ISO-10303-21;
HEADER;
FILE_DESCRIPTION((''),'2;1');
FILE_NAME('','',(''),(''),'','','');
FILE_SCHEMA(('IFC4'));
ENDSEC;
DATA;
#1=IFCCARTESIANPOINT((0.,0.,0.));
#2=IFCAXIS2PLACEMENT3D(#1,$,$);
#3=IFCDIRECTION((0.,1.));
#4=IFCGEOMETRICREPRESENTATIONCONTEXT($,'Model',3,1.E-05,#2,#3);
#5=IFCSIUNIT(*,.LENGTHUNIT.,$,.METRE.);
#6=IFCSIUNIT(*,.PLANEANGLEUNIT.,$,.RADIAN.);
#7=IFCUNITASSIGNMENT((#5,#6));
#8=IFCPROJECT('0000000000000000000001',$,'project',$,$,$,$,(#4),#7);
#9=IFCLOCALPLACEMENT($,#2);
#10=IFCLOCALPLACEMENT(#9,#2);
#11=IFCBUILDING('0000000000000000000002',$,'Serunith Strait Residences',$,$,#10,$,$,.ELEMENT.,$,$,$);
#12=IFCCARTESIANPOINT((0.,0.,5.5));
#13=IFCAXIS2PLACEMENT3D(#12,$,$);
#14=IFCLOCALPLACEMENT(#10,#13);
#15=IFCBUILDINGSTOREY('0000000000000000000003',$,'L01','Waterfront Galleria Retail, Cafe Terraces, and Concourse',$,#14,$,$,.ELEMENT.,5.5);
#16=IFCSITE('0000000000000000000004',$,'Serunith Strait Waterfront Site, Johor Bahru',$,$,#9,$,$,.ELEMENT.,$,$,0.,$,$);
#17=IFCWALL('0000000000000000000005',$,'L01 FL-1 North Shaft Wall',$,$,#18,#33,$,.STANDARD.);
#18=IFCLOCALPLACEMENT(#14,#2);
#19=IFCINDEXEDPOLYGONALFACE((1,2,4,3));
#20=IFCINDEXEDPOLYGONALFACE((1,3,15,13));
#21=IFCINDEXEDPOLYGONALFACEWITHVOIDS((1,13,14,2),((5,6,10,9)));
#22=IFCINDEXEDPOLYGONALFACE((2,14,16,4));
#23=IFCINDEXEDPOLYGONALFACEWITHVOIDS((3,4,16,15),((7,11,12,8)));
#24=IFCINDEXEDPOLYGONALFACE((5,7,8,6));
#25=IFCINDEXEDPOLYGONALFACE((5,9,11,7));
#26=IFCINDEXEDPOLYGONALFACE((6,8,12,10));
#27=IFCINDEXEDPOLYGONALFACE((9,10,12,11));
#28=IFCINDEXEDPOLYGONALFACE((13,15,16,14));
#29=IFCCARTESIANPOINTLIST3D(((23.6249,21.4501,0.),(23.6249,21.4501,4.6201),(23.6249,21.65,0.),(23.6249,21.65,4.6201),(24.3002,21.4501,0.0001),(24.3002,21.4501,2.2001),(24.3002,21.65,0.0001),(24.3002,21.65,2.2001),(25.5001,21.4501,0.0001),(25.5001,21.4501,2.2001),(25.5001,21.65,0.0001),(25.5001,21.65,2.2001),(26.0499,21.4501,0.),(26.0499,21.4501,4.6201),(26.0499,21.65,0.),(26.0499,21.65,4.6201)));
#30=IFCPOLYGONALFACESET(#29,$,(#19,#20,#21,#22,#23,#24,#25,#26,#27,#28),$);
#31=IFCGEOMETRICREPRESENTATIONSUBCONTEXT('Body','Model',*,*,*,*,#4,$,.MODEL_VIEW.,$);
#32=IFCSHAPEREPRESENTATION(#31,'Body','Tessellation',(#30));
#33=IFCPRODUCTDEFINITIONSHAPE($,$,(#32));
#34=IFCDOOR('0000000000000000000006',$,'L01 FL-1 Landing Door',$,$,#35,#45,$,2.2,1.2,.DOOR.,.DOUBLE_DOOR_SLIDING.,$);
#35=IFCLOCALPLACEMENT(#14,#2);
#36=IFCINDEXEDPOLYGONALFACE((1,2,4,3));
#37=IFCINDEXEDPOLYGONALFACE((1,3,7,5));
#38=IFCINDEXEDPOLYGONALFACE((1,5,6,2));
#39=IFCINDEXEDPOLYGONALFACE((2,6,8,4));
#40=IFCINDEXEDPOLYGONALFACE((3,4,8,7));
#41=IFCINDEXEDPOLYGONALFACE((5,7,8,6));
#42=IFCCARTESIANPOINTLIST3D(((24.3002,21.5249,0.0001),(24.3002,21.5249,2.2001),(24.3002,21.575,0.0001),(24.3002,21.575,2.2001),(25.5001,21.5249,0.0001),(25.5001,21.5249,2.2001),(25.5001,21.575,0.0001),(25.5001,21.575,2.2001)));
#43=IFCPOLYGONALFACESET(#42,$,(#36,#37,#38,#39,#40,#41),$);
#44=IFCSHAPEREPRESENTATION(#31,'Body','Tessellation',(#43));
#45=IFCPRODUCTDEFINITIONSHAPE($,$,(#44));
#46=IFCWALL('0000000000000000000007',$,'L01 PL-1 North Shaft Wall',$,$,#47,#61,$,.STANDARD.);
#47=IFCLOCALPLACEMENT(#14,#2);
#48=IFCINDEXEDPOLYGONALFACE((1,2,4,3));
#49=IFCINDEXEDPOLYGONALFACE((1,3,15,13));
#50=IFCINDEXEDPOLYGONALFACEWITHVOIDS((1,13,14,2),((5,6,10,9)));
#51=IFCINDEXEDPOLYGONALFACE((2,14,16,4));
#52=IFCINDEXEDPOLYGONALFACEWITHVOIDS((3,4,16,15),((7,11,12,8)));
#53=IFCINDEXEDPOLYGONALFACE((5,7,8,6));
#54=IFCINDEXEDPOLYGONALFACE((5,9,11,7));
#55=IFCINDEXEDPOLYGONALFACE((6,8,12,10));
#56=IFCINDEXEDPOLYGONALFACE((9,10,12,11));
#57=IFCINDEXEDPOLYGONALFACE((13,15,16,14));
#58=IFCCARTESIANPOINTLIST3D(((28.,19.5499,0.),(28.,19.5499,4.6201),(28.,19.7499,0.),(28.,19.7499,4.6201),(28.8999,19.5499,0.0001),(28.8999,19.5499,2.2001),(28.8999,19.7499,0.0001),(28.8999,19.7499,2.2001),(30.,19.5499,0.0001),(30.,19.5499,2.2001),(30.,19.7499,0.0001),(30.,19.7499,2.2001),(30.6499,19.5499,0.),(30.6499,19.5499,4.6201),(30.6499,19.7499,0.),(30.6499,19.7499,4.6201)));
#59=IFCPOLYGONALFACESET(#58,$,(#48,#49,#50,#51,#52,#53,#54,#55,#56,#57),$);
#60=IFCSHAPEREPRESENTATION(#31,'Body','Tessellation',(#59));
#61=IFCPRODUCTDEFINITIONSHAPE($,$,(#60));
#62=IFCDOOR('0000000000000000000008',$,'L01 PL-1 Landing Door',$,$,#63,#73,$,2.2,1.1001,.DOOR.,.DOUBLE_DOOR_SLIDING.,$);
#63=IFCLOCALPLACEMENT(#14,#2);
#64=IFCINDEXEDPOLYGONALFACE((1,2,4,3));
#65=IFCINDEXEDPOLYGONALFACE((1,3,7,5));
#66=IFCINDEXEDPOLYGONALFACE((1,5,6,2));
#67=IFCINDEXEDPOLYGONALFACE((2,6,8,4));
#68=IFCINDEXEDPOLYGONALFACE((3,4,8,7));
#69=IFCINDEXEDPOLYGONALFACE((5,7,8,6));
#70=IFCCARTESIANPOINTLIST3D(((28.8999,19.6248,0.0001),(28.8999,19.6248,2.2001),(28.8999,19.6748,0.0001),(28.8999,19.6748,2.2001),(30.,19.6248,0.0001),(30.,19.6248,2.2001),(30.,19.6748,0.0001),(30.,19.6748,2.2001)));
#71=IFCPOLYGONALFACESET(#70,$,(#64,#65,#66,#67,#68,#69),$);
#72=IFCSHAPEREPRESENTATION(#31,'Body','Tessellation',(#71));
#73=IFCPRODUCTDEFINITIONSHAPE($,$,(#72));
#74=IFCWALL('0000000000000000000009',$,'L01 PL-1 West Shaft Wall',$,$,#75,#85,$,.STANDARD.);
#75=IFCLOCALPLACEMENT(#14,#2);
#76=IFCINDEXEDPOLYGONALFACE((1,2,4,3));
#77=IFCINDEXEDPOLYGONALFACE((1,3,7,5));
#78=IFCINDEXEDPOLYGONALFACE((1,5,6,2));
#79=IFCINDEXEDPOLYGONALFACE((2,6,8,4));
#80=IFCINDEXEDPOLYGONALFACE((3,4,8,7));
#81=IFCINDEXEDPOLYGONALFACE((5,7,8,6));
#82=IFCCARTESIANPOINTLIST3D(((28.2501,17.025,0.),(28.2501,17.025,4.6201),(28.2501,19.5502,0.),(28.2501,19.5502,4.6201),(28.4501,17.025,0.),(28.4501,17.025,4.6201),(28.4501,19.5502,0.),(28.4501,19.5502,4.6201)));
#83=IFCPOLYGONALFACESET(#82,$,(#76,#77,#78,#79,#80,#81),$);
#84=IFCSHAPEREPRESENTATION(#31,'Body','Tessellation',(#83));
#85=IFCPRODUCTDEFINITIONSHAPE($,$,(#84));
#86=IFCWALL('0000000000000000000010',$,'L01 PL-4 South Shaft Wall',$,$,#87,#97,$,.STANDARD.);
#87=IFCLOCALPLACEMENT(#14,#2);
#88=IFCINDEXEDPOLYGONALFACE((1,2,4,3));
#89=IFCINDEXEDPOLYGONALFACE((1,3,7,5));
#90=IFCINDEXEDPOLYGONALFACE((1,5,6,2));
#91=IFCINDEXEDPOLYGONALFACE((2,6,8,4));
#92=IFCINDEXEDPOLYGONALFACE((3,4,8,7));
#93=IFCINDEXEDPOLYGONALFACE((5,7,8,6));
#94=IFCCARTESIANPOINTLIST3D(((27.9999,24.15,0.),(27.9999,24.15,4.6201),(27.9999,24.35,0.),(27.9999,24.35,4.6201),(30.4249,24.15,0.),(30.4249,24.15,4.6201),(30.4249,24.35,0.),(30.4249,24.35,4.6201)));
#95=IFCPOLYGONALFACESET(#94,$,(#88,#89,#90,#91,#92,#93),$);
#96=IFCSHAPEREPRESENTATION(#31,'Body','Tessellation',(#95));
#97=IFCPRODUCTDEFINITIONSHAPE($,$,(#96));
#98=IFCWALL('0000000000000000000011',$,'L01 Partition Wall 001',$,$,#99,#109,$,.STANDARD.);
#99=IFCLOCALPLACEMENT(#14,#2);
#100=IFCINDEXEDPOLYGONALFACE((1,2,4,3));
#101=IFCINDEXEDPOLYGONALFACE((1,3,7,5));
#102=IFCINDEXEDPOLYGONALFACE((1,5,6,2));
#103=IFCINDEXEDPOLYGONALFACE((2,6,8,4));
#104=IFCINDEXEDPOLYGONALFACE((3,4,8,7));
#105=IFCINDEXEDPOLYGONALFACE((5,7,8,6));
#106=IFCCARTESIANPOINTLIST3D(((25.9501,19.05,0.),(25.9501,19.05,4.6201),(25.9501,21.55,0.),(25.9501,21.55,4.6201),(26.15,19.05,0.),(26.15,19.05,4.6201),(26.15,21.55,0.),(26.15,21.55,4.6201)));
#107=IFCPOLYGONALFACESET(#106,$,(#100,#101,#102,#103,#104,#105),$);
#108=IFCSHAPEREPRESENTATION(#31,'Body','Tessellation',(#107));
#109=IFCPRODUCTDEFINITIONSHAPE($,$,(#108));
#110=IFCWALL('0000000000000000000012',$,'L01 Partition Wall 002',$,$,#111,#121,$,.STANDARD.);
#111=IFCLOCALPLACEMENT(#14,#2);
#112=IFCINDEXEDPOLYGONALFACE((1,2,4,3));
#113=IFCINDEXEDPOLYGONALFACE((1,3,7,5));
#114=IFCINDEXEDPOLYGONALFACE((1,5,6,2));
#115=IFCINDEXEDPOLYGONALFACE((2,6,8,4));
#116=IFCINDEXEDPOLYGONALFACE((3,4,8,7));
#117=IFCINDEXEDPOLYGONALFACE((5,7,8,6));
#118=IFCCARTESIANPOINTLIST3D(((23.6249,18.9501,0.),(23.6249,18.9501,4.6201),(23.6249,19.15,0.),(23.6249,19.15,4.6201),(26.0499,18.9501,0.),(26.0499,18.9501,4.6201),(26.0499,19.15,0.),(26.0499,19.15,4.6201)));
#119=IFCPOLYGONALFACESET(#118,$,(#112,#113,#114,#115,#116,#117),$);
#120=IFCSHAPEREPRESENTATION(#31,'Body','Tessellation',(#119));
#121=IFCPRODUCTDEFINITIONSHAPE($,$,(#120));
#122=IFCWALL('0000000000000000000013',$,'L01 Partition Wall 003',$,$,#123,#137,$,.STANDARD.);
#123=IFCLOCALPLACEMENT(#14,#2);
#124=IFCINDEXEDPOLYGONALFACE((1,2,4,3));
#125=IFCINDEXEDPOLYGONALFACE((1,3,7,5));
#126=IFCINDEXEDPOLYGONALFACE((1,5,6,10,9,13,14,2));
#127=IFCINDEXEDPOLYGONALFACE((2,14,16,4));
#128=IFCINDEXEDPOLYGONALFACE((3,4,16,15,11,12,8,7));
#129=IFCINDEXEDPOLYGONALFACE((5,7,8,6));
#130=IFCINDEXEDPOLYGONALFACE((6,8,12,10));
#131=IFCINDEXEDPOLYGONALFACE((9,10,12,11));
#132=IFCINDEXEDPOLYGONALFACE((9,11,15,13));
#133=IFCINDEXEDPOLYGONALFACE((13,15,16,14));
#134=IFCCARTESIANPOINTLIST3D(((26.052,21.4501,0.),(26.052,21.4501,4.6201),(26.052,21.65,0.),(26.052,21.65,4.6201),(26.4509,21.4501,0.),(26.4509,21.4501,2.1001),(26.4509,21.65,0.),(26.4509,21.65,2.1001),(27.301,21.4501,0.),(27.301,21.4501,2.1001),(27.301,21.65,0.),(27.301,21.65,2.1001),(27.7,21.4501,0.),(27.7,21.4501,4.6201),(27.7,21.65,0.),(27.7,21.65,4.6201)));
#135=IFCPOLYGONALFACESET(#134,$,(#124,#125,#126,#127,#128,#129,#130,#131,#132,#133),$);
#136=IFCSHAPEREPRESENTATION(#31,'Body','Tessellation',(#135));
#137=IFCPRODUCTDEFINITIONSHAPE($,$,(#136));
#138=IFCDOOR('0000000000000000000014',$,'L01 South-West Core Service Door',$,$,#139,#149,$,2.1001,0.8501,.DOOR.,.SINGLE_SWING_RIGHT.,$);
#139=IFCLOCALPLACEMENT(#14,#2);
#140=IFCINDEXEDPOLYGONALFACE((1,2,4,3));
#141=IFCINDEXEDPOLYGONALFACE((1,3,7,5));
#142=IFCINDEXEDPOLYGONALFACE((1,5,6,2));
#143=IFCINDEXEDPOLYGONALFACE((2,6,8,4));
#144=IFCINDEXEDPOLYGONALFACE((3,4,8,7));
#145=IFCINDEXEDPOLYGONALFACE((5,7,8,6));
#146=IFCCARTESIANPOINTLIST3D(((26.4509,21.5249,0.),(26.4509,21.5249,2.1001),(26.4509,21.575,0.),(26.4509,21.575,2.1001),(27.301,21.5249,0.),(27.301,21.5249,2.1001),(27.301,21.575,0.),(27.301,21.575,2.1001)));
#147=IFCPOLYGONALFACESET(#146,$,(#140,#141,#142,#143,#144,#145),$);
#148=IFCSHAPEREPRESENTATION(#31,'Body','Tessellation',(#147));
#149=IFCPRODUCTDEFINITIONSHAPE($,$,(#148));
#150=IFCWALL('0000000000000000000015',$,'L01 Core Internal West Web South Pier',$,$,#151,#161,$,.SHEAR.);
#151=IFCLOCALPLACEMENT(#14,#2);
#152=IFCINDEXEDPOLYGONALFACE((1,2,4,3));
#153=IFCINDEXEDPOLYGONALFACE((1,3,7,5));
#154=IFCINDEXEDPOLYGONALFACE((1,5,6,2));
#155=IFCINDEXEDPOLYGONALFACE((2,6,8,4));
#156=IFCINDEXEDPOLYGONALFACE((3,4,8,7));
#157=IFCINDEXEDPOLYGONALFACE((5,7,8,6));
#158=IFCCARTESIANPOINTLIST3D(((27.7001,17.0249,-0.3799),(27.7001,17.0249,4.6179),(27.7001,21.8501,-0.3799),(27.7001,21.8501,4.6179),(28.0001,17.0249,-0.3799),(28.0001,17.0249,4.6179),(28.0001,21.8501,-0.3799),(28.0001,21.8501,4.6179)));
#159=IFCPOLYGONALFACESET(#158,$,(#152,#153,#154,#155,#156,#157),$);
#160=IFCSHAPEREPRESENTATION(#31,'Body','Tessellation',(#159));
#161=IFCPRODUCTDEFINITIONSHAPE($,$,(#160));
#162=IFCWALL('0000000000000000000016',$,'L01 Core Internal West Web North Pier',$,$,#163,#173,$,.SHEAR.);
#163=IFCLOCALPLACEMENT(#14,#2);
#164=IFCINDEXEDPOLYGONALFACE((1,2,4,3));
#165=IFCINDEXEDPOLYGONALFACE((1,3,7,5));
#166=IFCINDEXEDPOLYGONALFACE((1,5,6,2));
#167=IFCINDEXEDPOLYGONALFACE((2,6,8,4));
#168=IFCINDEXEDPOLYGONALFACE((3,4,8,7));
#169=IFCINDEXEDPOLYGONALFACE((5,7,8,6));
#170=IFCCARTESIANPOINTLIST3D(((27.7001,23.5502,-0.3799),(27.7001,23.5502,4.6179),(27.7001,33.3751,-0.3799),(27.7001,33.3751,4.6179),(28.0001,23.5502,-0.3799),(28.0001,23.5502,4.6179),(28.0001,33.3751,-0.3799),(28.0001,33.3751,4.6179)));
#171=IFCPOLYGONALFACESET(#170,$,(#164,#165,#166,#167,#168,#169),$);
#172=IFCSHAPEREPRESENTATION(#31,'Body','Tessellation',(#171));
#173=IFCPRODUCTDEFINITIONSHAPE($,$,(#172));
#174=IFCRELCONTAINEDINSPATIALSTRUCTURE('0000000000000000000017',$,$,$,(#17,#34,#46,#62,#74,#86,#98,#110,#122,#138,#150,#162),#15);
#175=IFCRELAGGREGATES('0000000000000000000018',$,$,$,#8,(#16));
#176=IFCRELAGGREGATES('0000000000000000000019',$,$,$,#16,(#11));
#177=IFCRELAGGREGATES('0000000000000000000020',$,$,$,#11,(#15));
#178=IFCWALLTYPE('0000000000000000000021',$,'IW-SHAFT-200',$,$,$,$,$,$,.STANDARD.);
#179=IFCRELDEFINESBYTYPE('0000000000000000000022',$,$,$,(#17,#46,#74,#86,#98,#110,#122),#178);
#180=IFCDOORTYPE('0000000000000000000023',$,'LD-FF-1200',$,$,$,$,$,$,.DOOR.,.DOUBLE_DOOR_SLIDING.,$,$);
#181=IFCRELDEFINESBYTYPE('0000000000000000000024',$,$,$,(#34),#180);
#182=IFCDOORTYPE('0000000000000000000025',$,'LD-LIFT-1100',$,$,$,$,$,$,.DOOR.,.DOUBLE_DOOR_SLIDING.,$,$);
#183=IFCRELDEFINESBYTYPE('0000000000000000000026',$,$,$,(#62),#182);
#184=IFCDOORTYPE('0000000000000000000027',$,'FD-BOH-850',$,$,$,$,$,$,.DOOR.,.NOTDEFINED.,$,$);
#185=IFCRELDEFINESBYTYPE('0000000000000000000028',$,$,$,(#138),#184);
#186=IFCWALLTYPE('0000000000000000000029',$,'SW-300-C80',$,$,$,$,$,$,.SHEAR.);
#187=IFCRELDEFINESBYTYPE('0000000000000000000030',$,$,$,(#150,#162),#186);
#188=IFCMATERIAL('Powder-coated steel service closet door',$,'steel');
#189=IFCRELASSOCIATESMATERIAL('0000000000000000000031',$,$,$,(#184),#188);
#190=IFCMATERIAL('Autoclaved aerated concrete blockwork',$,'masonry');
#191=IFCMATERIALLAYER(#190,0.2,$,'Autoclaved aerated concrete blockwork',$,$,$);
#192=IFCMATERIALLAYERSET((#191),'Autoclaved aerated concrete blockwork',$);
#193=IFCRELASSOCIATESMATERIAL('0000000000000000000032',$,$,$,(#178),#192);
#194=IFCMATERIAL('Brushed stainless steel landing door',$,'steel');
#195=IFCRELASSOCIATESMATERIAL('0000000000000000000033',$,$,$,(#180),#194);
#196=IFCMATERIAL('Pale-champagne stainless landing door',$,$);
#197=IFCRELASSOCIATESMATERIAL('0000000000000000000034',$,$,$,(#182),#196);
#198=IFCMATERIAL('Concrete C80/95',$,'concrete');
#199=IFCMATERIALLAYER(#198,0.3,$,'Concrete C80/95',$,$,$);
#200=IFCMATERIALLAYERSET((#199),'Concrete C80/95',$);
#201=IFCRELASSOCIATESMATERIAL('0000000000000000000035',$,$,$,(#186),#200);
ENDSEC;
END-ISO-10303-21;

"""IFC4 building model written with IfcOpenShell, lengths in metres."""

from ifc_helpers import new_model, si_unit, direction, frame, frame_2d, origin, place, context, subcontext, project, spatial, rectangle, extrude, source, transform, mapped, material, layer, layer_set, type_object, element, fill, save


model = new_model("IFC4")

# Units and contexts
model_context = context("Model", 3, precision=1e-05, world=origin(), true_north=direction((0.0, 1.0)))
body_context = subcontext(model_context, "Body", "Model", "MODEL_VIEW")
ifc_project = project(units=[si_unit("LENGTHUNIT", "METRE"), si_unit("PLANEANGLEUNIT", "RADIAN")], contexts=[model_context])

# Site, building, storey
site_placement = place(None, origin())
site = spatial("IfcSite", under=ifc_project, at=site_placement, Name="Serunith Strait Waterfront Site, Johor Bahru", CompositionType="ELEMENT", RefElevation=0.0)
building_placement = place(site_placement, origin())
building = spatial("IfcBuilding", under=site, at=building_placement, Name="Serunith Strait Residences", CompositionType="ELEMENT")
storey_placement = place(building_placement, frame((0.0, 0.0, 5.5)))
storey = spatial("IfcBuildingStorey", under=building, at=storey_placement, Name="L01", Description="Waterfront Galleria Retail, Cafe Terraces, and Concourse", CompositionType="ELEMENT", Elevation=5.5)

# Walls, openings, doors
ifc_material_1 = material(Name="Powder-coated steel service closet door", Category="steel")
door_type_1 = type_object("IfcDoorType", Name="FD-BOH-850", OperationType="NOTDEFINED", PredefinedType="DOOR", material=ifc_material_1)
shared_shape_1 = source(origin(), body_context, "Body", "SweptSolid", [
    extrude(rectangle(XDim=0.8501, YDim=2.1001, at=frame_2d((0.425, 1.05))), frame((0.0, 0.0249, 0.0), z_axis=(0.0, -1.0, 0.0), x_axis=(1.0, 0.0, 0.0)), (0.0, 0.0, 1.0), 0.05),
])
ifc_material_2 = material(Name="Autoclaved aerated concrete blockwork", Category="masonry")
ifc_layer_1 = layer(ifc_material_2, 0.2, Name="Autoclaved aerated concrete blockwork")
ifc_layer_set_1 = layer_set([ifc_layer_1], Name="Autoclaved aerated concrete blockwork")
wall_type_1 = type_object("IfcWallType", Name="IW-SHAFT-200", PredefinedType="STANDARD", material=ifc_layer_set_1)
wall_1_placement = place(storey_placement, frame((23.625, 21.55, 0.0), z_axis=(0.0, 0.0, 1.0), x_axis=(1.0, 0.0, 0.0)))
wall_1 = element("IfcWall", 1, at=wall_1_placement, inside=storey, type_object=wall_type_1, Name="L01 FL-1 North Shaft Wall", PredefinedType="STANDARD", context=body_context, shape_type="SweptSolid", body=[
    extrude(rectangle(XDim=2.425, YDim=0.2, at=frame_2d((1.2124, 0.0))), origin(), (0.0, 0.0, 1.0), 4.6201),
])
opening_1_placement = place(wall_1_placement, frame((0.675, 0.0, 0.0)))
opening_1 = element("IfcOpeningElement", 2, at=opening_1_placement, cuts=wall_1, PredefinedType="OPENING", context=body_context, shape_type="SweptSolid", body=[
    extrude(rectangle(XDim=1.2, YDim=2.2, at=frame_2d((0.6001, 1.1001))), frame((0.0, 0.1099, 0.0), z_axis=(0.0, -1.0, 0.0), x_axis=(1.0, 0.0, 0.0)), (0.0, 0.0, 1.0), 0.22),
])
ifc_material_3 = material(Name="Brushed stainless steel landing door", Category="steel")
door_type_2 = type_object("IfcDoorType", Name="LD-FF-1200", OperationType="DOUBLE_DOOR_SLIDING", PredefinedType="DOOR", material=ifc_material_3)
shared_shape_2 = source(origin(), body_context, "Body", "SweptSolid", [
    extrude(rectangle(XDim=1.2, YDim=2.2, at=frame_2d((0.6001, 1.1001))), frame((0.0, 0.0249, 0.0), z_axis=(0.0, -1.0, 0.0), x_axis=(1.0, 0.0, 0.0)), (0.0, 0.0, 1.0), 0.05),
])
door_1_placement = place(opening_1_placement, origin())
door_1 = element("IfcDoor", 3, at=door_1_placement, inside=storey, type_object=door_type_2, Name="L01 FL-1 Landing Door", OperationType="DOUBLE_DOOR_SLIDING", OverallHeight=2.2, OverallWidth=1.2, PredefinedType="DOOR", context=body_context, shape_type="MappedRepresentation", body=[
    mapped(shared_shape_2, transform((0.0, 0.0, 0.0), scale=1.0)),
])
fill(opening_1, door_1)
wall_2_placement = place(storey_placement, frame((28.0, 19.6499, 0.0), z_axis=(0.0, 0.0, 1.0), x_axis=(1.0, 0.0, 0.0)))
wall_2 = element("IfcWall", 4, at=wall_2_placement, inside=storey, type_object=wall_type_1, Name="L01 PL-1 North Shaft Wall", PredefinedType="STANDARD", context=body_context, shape_type="SweptSolid", body=[
    extrude(rectangle(XDim=2.6499, YDim=0.2, at=frame_2d((1.325, 0.0))), origin(), (0.0, 0.0, 1.0), 4.6201),
])
opening_2_placement = place(wall_2_placement, frame((0.8999, 0.0, 0.0)))
opening_2 = element("IfcOpeningElement", 5, at=opening_2_placement, cuts=wall_2, PredefinedType="OPENING", context=body_context, shape_type="SweptSolid", body=[
    extrude(rectangle(XDim=1.1001, YDim=2.2, at=frame_2d((0.55, 1.1001))), frame((0.0, 0.1099, 0.0), z_axis=(0.0, -1.0, 0.0), x_axis=(1.0, 0.0, 0.0)), (0.0, 0.0, 1.0), 0.22),
])
ifc_material_4 = material(Name="Pale-champagne stainless landing door")
door_type_3 = type_object("IfcDoorType", Name="LD-LIFT-1100", OperationType="DOUBLE_DOOR_SLIDING", PredefinedType="DOOR", material=ifc_material_4)
shared_shape_3 = source(origin(), body_context, "Body", "SweptSolid", [
    extrude(rectangle(XDim=1.1001, YDim=2.2, at=frame_2d((0.55, 1.1001))), frame((0.0, 0.0249, 0.0), z_axis=(0.0, -1.0, 0.0), x_axis=(1.0, 0.0, 0.0)), (0.0, 0.0, 1.0), 0.05),
])
door_2_placement = place(opening_2_placement, origin())
door_2 = element("IfcDoor", 6, at=door_2_placement, inside=storey, type_object=door_type_3, Name="L01 PL-1 Landing Door", OperationType="DOUBLE_DOOR_SLIDING", OverallHeight=2.2, OverallWidth=1.1001, PredefinedType="DOOR", context=body_context, shape_type="MappedRepresentation", body=[
    mapped(shared_shape_3, transform((0.0, 0.0, 0.0), scale=1.0)),
])
fill(opening_2, door_2)

# Walls
wall_3_placement = place(storey_placement, frame((28.3501, 17.0249, 0.0), z_axis=(0.0, 0.0, 1.0), x_axis=(0.0, 1.0, 0.0)))
element("IfcWall", 7, at=wall_3_placement, inside=storey, type_object=wall_type_1, Name="L01 PL-1 West Shaft Wall", PredefinedType="STANDARD", context=body_context, shape_type="SweptSolid", body=[
    extrude(rectangle(XDim=2.5251, YDim=0.2, at=frame_2d((1.2627, 0.0))), origin(), (0.0, 0.0, 1.0), 4.6201),
])
wall_4_placement = place(storey_placement, frame((28.0, 24.25, 0.0), z_axis=(0.0, 0.0, 1.0), x_axis=(1.0, 0.0, 0.0)))
element("IfcWall", 8, at=wall_4_placement, inside=storey, type_object=wall_type_1, Name="L01 PL-4 South Shaft Wall", PredefinedType="STANDARD", context=body_context, shape_type="SweptSolid", body=[
    extrude(rectangle(XDim=2.425, YDim=0.2, at=frame_2d((1.2124, 0.0))), origin(), (0.0, 0.0, 1.0), 4.6201),
])
wall_5_placement = place(storey_placement, frame((26.05, 19.05, 0.0), z_axis=(0.0, 0.0, 1.0), x_axis=(0.0, 1.0, 0.0)))
element("IfcWall", 9, at=wall_5_placement, inside=storey, type_object=wall_type_1, Name="L01 Partition Wall 001", PredefinedType="STANDARD", context=body_context, shape_type="SweptSolid", body=[
    extrude(rectangle(XDim=2.5, YDim=0.2, at=frame_2d((1.25, 0.0))), origin(), (0.0, 0.0, 1.0), 4.6201),
])
wall_6_placement = place(storey_placement, frame((23.625, 19.05, 0.0), z_axis=(0.0, 0.0, 1.0), x_axis=(1.0, 0.0, 0.0)))
element("IfcWall", 10, at=wall_6_placement, inside=storey, type_object=wall_type_1, Name="L01 Partition Wall 002", PredefinedType="STANDARD", context=body_context, shape_type="SweptSolid", body=[
    extrude(rectangle(XDim=2.425, YDim=0.2, at=frame_2d((1.2124, 0.0))), origin(), (0.0, 0.0, 1.0), 4.6201),
])

# Wall, opening, door
wall_7_placement = place(storey_placement, frame((26.052, 21.55, 0.0), z_axis=(0.0, 0.0, 1.0), x_axis=(1.0, 0.0, 0.0)))
wall_7 = element("IfcWall", 11, at=wall_7_placement, inside=storey, type_object=wall_type_1, Name="L01 Partition Wall 003", PredefinedType="STANDARD", context=body_context, shape_type="SweptSolid", body=[
    extrude(rectangle(XDim=1.6479, YDim=0.2, at=frame_2d((0.824, 0.0))), origin(), (0.0, 0.0, 1.0), 4.6201),
])
opening_3_placement = place(wall_7_placement, frame((0.3989, 0.0, 0.0)))
opening_3 = element("IfcOpeningElement", 12, at=opening_3_placement, cuts=wall_7, PredefinedType="OPENING", context=body_context, shape_type="SweptSolid", body=[
    extrude(rectangle(XDim=0.8501, YDim=2.1001, at=frame_2d((0.425, 1.05))), frame((0.0, 0.1099, 0.0), z_axis=(0.0, -1.0, 0.0), x_axis=(1.0, 0.0, 0.0)), (0.0, 0.0, 1.0), 0.22),
])
door_3_placement = place(opening_3_placement, origin())
door_3 = element("IfcDoor", 13, at=door_3_placement, inside=storey, type_object=door_type_1, Name="L01 South-West Core Service Door", OperationType="SINGLE_SWING_RIGHT", OverallHeight=2.1001, OverallWidth=0.8501, PredefinedType="DOOR", context=body_context, shape_type="MappedRepresentation", body=[
    mapped(shared_shape_1, transform((0.0, 0.0, 0.0), scale=1.0)),
])
fill(opening_3, door_3)

# Walls
ifc_material_5 = material(Name="Concrete C80/95", Category="concrete")
ifc_layer_2 = layer(ifc_material_5, 0.3, Name="Concrete C80/95")
ifc_layer_set_2 = layer_set([ifc_layer_2], Name="Concrete C80/95")
wall_type_2 = type_object("IfcWallType", Name="SW-300-C80", PredefinedType="SHEAR", material=ifc_layer_set_2)
wall_8_placement = place(storey_placement, frame((27.8501, 17.0249, -0.3799), z_axis=(0.0, 0.0, 1.0), x_axis=(0.0, 1.0, 0.0)))
element("IfcWall", 14, at=wall_8_placement, inside=storey, type_object=wall_type_2, Name="L01 Core Internal West Web South Pier", PredefinedType="SHEAR", context=body_context, shape_type="SweptSolid", body=[
    extrude(rectangle(XDim=4.8252, YDim=0.3, at=frame_2d((2.4126, 0.0))), origin(), (0.0, 0.0, 1.0), 4.9978),
])
wall_9_placement = place(storey_placement, frame((27.8501, 23.55, -0.3799), z_axis=(0.0, 0.0, 1.0), x_axis=(0.0, 1.0, 0.0)))
element("IfcWall", 15, at=wall_9_placement, inside=storey, type_object=wall_type_2, Name="L01 Core Internal West Web North Pier", PredefinedType="SHEAR", context=body_context, shape_type="SweptSolid", body=[
    extrude(rectangle(XDim=9.825, YDim=0.3, at=frame_2d((4.9126, 0.0))), origin(), (0.0, 0.0, 1.0), 4.9978),
])

save(model, "model.ifc")
